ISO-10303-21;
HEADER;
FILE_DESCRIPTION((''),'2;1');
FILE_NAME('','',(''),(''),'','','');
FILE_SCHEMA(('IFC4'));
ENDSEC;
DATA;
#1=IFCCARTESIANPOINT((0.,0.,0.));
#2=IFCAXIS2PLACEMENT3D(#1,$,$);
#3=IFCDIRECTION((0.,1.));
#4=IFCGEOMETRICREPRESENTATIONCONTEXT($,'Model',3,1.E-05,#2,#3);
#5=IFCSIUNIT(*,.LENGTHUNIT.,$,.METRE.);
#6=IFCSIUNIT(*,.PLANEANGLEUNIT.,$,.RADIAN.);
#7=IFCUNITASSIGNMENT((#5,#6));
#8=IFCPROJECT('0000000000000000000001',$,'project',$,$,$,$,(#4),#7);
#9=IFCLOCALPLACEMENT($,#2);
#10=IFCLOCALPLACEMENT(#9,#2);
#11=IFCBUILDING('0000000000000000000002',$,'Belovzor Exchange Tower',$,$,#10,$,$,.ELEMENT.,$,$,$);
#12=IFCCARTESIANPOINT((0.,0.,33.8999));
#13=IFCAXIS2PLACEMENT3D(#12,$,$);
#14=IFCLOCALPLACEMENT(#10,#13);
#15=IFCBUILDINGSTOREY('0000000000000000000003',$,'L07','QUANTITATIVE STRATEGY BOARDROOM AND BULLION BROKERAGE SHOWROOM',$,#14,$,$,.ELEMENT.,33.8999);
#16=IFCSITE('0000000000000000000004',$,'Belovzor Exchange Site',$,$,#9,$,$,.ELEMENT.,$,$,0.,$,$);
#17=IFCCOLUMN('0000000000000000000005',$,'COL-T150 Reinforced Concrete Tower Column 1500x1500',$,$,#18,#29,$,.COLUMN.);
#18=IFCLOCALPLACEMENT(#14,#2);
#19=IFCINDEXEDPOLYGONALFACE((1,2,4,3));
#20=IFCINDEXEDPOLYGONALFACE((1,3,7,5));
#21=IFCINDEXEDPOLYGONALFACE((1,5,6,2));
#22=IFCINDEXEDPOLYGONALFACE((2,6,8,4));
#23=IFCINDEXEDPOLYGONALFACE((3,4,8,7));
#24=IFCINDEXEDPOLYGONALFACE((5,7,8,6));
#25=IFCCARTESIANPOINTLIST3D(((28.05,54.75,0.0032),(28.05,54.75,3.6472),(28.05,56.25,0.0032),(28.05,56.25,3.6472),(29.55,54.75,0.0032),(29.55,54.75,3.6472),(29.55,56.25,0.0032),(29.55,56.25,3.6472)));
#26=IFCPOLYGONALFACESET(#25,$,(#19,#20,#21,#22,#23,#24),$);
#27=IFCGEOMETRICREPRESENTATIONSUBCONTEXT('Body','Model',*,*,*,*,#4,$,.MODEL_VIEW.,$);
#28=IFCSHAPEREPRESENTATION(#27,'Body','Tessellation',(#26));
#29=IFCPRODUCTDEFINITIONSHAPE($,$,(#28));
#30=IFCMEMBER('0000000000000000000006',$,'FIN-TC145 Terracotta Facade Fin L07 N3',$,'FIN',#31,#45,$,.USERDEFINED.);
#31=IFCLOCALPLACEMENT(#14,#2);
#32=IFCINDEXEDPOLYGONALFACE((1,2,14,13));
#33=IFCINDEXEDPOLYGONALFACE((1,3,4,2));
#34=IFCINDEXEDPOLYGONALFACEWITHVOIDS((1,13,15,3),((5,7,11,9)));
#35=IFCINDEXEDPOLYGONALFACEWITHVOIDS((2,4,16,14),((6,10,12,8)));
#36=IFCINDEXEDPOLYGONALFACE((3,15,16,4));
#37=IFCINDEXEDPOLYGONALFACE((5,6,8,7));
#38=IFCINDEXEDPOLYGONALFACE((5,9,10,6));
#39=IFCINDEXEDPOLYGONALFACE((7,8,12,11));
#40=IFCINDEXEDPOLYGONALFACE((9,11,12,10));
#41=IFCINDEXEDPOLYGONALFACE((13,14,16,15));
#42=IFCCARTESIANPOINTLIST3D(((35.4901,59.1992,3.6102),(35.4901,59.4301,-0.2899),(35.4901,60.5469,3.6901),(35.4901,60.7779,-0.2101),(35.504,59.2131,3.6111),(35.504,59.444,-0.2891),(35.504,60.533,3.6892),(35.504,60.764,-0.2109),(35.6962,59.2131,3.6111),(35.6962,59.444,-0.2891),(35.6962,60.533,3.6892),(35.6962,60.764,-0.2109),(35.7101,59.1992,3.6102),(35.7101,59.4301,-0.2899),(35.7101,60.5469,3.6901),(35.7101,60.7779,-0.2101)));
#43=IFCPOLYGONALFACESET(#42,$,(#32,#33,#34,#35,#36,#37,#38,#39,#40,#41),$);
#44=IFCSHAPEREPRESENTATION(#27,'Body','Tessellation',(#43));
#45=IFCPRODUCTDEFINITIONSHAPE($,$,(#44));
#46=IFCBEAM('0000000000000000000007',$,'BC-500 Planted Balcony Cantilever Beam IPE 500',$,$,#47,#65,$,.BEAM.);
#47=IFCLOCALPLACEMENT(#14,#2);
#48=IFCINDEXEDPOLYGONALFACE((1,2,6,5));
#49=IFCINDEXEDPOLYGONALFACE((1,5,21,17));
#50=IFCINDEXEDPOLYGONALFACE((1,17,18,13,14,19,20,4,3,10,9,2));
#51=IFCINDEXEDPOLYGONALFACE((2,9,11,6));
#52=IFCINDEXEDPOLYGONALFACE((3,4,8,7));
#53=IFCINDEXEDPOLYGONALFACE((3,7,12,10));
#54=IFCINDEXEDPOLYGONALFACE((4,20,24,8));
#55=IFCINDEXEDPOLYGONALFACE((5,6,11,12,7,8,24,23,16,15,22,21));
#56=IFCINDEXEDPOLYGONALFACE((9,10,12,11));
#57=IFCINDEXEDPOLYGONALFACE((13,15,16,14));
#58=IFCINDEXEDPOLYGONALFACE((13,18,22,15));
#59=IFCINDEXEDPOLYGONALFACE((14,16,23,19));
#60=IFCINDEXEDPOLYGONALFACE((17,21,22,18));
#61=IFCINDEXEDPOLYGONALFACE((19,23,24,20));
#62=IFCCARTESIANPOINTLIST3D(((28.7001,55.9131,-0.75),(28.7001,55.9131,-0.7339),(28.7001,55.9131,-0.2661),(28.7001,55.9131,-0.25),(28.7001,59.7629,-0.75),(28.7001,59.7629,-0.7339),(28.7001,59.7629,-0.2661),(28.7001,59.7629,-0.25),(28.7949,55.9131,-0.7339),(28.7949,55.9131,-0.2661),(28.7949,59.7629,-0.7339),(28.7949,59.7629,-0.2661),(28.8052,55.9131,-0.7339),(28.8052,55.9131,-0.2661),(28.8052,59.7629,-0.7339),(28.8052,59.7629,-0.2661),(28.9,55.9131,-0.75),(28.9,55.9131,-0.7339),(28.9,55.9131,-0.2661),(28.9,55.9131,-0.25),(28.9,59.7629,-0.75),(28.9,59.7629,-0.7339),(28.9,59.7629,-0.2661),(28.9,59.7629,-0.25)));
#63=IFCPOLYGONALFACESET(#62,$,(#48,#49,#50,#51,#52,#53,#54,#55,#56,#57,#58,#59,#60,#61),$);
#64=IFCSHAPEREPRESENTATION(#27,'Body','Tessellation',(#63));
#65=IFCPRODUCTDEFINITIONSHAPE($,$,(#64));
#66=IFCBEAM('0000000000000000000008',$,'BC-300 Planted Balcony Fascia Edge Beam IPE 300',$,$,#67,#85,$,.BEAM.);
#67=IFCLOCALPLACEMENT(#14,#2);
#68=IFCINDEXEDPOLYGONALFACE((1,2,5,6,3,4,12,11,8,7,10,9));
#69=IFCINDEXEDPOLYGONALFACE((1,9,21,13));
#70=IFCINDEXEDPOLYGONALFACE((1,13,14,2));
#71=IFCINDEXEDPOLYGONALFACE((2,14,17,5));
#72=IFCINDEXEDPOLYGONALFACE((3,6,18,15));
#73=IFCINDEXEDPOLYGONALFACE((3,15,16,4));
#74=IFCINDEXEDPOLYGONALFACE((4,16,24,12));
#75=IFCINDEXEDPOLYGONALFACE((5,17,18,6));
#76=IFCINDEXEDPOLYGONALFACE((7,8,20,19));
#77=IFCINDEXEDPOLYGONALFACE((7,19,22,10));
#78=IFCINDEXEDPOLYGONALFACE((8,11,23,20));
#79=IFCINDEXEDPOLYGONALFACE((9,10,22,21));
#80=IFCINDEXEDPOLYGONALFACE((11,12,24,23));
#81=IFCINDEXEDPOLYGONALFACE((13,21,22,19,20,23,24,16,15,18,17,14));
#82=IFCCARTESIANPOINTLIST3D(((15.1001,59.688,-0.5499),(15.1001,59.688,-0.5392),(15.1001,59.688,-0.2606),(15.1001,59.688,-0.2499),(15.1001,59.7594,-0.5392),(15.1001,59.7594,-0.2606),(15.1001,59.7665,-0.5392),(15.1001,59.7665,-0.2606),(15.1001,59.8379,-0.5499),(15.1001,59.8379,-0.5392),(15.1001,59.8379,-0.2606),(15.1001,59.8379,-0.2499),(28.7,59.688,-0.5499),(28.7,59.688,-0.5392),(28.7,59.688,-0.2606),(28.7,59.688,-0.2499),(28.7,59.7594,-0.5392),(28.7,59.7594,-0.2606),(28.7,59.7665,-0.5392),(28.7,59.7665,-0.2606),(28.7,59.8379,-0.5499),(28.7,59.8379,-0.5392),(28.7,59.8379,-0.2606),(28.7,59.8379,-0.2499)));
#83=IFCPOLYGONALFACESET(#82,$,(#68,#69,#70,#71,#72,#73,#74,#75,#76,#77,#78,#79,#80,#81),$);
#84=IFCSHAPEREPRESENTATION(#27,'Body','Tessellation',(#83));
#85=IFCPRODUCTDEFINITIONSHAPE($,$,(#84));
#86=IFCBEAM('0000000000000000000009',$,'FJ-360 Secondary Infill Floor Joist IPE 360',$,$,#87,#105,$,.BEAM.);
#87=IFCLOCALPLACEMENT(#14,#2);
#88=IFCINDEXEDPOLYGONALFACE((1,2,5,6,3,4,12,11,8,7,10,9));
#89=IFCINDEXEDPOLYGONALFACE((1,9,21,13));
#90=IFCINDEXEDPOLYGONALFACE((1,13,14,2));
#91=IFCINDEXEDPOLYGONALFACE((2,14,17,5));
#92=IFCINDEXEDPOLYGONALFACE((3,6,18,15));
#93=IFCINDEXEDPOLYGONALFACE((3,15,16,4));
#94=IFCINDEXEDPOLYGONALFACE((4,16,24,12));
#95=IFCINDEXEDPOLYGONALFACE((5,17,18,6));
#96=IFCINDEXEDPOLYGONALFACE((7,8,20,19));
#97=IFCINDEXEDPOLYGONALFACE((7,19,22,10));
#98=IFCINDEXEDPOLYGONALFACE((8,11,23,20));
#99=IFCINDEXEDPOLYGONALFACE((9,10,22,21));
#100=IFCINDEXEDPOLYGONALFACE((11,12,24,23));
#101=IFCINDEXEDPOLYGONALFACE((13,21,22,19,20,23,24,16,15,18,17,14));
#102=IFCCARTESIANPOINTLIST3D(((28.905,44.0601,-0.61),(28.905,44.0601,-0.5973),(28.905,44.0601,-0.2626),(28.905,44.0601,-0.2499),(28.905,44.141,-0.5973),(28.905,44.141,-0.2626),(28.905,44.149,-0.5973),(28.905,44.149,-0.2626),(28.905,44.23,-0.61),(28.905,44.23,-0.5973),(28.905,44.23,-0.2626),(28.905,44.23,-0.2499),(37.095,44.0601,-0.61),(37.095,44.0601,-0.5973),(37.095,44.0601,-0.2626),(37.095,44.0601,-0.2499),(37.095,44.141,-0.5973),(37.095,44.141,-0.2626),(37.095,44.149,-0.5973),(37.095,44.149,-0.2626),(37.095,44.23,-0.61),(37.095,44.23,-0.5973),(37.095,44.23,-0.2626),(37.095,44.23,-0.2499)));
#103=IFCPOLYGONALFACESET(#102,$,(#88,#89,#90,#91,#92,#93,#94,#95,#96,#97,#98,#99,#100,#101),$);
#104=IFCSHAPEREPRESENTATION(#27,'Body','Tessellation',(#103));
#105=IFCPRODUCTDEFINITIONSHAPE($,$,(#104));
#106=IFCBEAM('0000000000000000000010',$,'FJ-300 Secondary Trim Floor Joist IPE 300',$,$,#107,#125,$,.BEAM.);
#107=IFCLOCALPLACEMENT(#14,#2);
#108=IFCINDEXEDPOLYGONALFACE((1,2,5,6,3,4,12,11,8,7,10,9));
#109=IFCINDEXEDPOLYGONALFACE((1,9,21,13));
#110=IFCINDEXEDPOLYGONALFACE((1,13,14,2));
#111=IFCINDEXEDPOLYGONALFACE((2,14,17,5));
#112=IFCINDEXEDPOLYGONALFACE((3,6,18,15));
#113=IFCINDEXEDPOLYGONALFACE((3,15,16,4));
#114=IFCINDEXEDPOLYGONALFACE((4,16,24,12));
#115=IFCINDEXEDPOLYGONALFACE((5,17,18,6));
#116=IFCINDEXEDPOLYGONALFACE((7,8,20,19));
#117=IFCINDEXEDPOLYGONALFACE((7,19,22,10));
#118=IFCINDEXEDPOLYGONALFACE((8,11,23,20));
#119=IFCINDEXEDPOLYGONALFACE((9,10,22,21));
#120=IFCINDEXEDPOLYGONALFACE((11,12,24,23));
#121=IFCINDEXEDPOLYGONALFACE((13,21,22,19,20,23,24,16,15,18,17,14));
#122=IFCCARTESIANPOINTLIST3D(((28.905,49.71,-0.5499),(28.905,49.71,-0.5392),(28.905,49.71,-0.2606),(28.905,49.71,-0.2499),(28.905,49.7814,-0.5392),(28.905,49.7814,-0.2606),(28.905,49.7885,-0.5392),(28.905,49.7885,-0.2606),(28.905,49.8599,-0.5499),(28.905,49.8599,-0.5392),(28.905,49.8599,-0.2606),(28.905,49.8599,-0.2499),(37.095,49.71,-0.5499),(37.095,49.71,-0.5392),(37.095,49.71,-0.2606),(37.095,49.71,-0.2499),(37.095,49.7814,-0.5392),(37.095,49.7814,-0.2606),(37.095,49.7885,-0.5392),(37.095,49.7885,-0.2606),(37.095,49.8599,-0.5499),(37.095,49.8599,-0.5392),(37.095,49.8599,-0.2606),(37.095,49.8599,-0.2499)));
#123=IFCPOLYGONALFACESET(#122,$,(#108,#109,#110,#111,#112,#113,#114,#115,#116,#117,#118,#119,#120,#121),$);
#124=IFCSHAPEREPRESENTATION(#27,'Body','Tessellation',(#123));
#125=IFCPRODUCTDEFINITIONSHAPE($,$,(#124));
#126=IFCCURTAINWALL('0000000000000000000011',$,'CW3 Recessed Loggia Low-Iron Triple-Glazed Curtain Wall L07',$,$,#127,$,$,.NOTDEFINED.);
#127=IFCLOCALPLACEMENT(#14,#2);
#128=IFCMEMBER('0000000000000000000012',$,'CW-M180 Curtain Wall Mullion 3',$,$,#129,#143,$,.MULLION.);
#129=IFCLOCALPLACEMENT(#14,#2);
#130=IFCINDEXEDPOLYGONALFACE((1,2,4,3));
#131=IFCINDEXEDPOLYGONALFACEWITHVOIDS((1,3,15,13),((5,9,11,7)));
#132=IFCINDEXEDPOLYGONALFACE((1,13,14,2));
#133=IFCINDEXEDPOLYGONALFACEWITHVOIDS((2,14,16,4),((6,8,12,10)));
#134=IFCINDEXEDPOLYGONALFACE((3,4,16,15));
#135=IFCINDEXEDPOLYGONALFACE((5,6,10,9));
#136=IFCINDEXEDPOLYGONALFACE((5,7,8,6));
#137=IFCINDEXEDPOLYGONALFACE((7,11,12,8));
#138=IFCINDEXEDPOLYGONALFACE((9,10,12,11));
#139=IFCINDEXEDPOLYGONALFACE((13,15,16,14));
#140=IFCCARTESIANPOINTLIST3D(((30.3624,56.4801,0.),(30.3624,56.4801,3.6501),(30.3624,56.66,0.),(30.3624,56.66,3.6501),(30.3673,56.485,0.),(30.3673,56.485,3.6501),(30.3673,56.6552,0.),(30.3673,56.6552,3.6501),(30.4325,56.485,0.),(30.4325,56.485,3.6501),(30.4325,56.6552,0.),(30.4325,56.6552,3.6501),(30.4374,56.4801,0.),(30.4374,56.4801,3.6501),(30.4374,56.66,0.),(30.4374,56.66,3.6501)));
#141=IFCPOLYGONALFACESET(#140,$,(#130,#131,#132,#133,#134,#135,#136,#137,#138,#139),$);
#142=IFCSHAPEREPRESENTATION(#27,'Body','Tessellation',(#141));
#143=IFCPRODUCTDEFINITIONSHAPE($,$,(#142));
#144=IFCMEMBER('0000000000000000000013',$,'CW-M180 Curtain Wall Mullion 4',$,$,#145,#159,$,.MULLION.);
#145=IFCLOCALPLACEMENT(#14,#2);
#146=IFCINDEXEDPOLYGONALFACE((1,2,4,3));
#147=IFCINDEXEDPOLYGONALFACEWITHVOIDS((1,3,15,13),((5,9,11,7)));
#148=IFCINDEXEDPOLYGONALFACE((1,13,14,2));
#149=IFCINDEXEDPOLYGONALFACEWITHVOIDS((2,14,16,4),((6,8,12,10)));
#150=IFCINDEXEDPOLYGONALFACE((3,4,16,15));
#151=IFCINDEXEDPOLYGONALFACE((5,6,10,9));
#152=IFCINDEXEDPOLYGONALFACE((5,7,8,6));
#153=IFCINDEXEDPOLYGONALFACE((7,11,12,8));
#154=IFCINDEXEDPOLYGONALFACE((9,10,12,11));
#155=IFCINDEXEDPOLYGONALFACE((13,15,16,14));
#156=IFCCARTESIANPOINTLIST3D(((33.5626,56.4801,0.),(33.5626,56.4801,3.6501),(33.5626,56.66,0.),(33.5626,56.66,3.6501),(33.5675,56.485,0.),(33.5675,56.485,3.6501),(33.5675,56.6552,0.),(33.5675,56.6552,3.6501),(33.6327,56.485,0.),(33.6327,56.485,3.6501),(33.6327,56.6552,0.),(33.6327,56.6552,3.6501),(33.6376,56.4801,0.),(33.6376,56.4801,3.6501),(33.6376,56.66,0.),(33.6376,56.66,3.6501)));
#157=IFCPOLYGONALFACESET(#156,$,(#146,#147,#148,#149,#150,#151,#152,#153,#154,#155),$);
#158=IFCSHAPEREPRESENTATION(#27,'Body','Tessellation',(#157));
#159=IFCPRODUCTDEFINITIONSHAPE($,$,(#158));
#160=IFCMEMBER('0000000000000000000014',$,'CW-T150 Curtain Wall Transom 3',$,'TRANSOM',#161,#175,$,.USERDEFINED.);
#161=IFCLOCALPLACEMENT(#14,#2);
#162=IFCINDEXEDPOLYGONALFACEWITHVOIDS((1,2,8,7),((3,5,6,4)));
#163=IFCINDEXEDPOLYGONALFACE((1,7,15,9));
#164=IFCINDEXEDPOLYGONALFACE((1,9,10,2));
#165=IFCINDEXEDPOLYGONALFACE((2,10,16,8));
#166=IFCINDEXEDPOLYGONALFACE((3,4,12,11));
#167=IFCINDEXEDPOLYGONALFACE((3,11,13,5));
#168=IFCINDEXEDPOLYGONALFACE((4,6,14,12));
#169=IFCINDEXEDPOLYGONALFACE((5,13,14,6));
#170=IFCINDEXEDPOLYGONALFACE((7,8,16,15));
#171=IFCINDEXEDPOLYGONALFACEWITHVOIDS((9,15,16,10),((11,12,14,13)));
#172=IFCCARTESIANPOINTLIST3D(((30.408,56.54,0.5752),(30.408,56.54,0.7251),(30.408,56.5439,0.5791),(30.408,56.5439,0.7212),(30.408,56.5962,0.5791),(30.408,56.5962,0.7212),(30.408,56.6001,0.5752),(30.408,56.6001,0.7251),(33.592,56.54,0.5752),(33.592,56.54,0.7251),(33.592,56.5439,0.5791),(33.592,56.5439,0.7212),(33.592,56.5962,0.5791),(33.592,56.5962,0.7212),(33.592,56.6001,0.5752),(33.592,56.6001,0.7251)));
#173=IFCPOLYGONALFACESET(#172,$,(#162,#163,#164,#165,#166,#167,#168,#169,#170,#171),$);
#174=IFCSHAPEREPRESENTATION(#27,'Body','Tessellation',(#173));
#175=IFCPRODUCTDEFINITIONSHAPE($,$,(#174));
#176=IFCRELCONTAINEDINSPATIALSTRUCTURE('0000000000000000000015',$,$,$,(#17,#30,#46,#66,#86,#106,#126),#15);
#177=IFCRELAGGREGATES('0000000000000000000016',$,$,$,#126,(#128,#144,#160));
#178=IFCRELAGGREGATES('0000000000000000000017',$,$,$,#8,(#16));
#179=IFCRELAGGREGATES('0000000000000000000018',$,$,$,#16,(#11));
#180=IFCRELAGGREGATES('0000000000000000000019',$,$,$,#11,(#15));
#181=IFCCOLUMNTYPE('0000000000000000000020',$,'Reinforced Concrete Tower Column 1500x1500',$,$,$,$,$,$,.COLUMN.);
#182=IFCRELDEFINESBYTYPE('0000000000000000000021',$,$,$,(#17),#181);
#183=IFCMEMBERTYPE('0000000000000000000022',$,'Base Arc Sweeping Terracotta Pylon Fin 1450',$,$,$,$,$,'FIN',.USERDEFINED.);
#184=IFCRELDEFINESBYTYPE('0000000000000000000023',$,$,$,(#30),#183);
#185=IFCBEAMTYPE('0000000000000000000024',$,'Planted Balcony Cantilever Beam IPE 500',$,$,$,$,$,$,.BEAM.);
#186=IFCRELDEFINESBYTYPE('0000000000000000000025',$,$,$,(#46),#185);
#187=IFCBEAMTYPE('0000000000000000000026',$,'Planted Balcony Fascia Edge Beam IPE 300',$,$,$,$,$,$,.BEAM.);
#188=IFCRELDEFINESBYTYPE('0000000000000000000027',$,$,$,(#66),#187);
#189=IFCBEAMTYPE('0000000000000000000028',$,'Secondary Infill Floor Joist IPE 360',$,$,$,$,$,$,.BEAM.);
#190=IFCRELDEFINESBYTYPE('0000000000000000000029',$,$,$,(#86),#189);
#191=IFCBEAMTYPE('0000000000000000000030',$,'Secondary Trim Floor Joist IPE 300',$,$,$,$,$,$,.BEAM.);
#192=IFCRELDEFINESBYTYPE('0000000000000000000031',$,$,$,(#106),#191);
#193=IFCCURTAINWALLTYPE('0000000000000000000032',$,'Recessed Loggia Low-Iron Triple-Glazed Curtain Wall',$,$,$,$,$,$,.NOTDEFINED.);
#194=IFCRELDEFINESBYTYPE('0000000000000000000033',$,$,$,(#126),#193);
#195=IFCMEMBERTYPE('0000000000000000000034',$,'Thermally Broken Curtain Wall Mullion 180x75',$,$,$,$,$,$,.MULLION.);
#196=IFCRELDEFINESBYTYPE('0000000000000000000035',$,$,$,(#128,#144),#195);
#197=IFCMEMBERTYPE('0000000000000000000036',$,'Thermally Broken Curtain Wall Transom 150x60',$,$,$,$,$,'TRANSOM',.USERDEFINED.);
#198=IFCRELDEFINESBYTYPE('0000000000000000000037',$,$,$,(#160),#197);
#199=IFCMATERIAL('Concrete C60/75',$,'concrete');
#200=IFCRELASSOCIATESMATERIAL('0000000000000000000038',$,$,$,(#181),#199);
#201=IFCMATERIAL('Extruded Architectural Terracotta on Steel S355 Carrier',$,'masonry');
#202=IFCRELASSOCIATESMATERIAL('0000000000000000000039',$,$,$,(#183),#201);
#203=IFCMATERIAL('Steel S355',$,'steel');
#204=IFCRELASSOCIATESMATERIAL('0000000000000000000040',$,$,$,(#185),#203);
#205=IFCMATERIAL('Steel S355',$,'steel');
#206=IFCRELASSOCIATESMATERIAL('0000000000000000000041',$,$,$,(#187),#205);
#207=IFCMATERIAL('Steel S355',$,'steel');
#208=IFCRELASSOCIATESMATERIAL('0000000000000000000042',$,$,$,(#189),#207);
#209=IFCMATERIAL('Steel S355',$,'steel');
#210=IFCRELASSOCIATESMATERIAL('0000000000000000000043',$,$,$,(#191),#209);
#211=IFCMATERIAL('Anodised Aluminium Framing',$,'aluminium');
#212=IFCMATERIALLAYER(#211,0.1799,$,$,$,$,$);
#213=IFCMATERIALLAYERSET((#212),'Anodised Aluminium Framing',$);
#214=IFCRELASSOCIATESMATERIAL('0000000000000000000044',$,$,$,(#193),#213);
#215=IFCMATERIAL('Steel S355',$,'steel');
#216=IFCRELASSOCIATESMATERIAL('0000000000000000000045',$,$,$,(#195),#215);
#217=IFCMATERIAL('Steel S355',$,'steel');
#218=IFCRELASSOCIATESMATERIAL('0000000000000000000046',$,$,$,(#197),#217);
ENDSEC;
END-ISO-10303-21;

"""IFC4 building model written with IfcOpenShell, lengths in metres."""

from ifc_helpers import new_model, si_unit, direction, frame, origin, origin_2d, place, context, subcontext, project, spatial, rectangle, hollow_rectangle, i_section, extrude, material, layer, layer_set, material_profile, profile_set, type_object, element, aggregate, save


model = new_model("IFC4")

# Units and contexts
model_context = context("Model", 3, precision=1e-05, world=origin(), true_north=direction((0.0, 1.0)))
body_context = subcontext(model_context, "Body", "Model", "MODEL_VIEW")
ifc_project = project(units=[si_unit("LENGTHUNIT", "METRE"), si_unit("PLANEANGLEUNIT", "RADIAN")], contexts=[model_context])

# Site, building, storey
site_placement = place(None, origin())
site = spatial("IfcSite", under=ifc_project, at=site_placement, Name="Belovzor Exchange Site", CompositionType="ELEMENT", RefElevation=0.0)
building_placement = place(site_placement, origin())
building = spatial("IfcBuilding", under=site, at=building_placement, Name="Belovzor Exchange Tower", CompositionType="ELEMENT")
storey_placement = place(building_placement, frame((0.0, 0.0, 33.8999)))
storey = spatial("IfcBuildingStorey", under=building, at=storey_placement, Name="L07", Description="QUANTITATIVE STRATEGY BOARDROOM AND BULLION BROKERAGE SHOWROOM", CompositionType="ELEMENT", Elevation=33.8999)

# Column
ifc_material_1 = material(Name="Concrete C60/75", Category="concrete")
ifc_material_profile_1 = material_profile(ifc_material_1, rectangle(XDim=1.5, YDim=1.5, at=origin_2d()))
ifc_profile_set_1 = profile_set([ifc_material_profile_1], Name="Concrete C60/75")
column_type = type_object("IfcColumnType", Name="Reinforced Concrete Tower Column 1500x1500", PredefinedType="COLUMN", material=ifc_profile_set_1)
column_placement = place(storey_placement, frame((28.8, 55.5, 0.0032), z_axis=(0.0, 0.0, 1.0), x_axis=(1.0, 0.0, 0.0)))
element("IfcColumn", 1, at=column_placement, inside=storey, type_object=column_type, Name="COL-T150 Reinforced Concrete Tower Column 1500x1500", PredefinedType="COLUMN", context=body_context, shape_type="SweptSolid", body=[
    extrude(rectangle(XDim=1.5, YDim=1.5, at=origin_2d()), origin(), (0.0, 0.0, 1.0), 3.644),
])

# Member
ifc_material_2 = material(Name="Extruded Architectural Terracotta on Steel S355 Carrier", Category="masonry")
ifc_material_profile_2 = material_profile(ifc_material_2, hollow_rectangle(XDim=0.22, YDim=1.3501, WallThickness=0.0139, at=origin_2d()))
ifc_profile_set_2 = profile_set([ifc_material_profile_2], Name="Extruded Architectural Terracotta on Steel S355 Carrier")
member_type_1 = type_object("IfcMemberType", Name="Base Arc Sweeping Terracotta Pylon Fin 1450", ElementType="FIN", PredefinedType="USERDEFINED", material=ifc_profile_set_2)
member_1_placement = place(storey_placement, frame((35.6001, 60.104, -0.25), z_axis=(0.0, -0.059114, 0.998251), x_axis=(1.0, 0.0, 0.0)))
element("IfcMember", 2, at=member_1_placement, inside=storey, type_object=member_type_1, Name="FIN-TC145 Terracotta Facade Fin L07 N3", ObjectType="FIN", PredefinedType="USERDEFINED", context=body_context, shape_type="SweptSolid", body=[
    extrude(hollow_rectangle(XDim=0.22, YDim=1.3501, WallThickness=0.0139, at=origin_2d()), origin(), (0.0, 0.0, 1.0), 3.907),
])

# Beams
ifc_material_3 = material(Name="Steel S355", Category="steel")
ifc_material_profile_3 = material_profile(ifc_material_3, i_section(OverallWidth=0.2, OverallDepth=0.5, WebThickness=0.0103, FlangeThickness=0.0161, at=origin_2d()))
ifc_profile_set_3 = profile_set([ifc_material_profile_3], Name="Steel S355")
beam_type_1 = type_object("IfcBeamType", Name="Planted Balcony Cantilever Beam IPE 500", PredefinedType="BEAM", material=ifc_profile_set_3)
beam_1_placement = place(storey_placement, frame((28.8, 55.9131, -0.5), z_axis=(0.0, 1.0, 0.0), x_axis=(-1.0, 0.0, 0.0)))
element("IfcBeam", 3, at=beam_1_placement, inside=storey, type_object=beam_type_1, Name="BC-500 Planted Balcony Cantilever Beam IPE 500", PredefinedType="BEAM", context=body_context, shape_type="SweptSolid", body=[
    extrude(i_section(OverallWidth=0.2, OverallDepth=0.5, WebThickness=0.0103, FlangeThickness=0.0161, at=origin_2d()), origin(), (0.0, 0.0, 1.0), 3.8499),
])
ifc_material_4 = material(Name="Steel S355", Category="steel")
ifc_material_profile_4 = material_profile(ifc_material_4, i_section(OverallWidth=0.1499, OverallDepth=0.3, WebThickness=0.0071, FlangeThickness=0.0107, at=origin_2d()))
ifc_profile_set_4 = profile_set([ifc_material_profile_4], Name="Steel S355")
beam_type_2 = type_object("IfcBeamType", Name="Planted Balcony Fascia Edge Beam IPE 300", PredefinedType="BEAM", material=ifc_profile_set_4)
beam_2_placement = place(storey_placement, frame((28.7, 59.7629, -0.3999), z_axis=(-1.0, 0.0, 0.0), x_axis=(0.0, -1.0, 0.0)))
element("IfcBeam", 4, at=beam_2_placement, inside=storey, type_object=beam_type_2, Name="BC-300 Planted Balcony Fascia Edge Beam IPE 300", PredefinedType="BEAM", context=body_context, shape_type="SweptSolid", body=[
    extrude(i_section(OverallWidth=0.1499, OverallDepth=0.3, WebThickness=0.0071, FlangeThickness=0.0107, at=origin_2d()), origin(), (0.0, 0.0, 1.0), 13.5999),
])
ifc_material_5 = material(Name="Steel S355", Category="steel")
ifc_material_profile_5 = material_profile(ifc_material_5, i_section(OverallWidth=0.1699, OverallDepth=0.3601, WebThickness=0.0081, FlangeThickness=0.0127, at=origin_2d()))
ifc_profile_set_5 = profile_set([ifc_material_profile_5], Name="Steel S355")
beam_type_3 = type_object("IfcBeamType", Name="Secondary Infill Floor Joist IPE 360", PredefinedType="BEAM", material=ifc_profile_set_5)
beam_3_placement = place(storey_placement, frame((28.905, 44.145, -0.4299), z_axis=(1.0, 0.0, 0.0), x_axis=(0.0, 1.0, 0.0)))
element("IfcBeam", 5, at=beam_3_placement, inside=storey, type_object=beam_type_3, Name="FJ-360 Secondary Infill Floor Joist IPE 360", PredefinedType="BEAM", context=body_context, shape_type="SweptSolid", body=[
    extrude(i_section(OverallWidth=0.1699, OverallDepth=0.3601, WebThickness=0.0081, FlangeThickness=0.0127, at=origin_2d()), origin(), (0.0, 0.0, 1.0), 8.1899),
])
ifc_material_6 = material(Name="Steel S355", Category="steel")
ifc_material_profile_6 = material_profile(ifc_material_6, i_section(OverallWidth=0.1499, OverallDepth=0.3, WebThickness=0.0071, FlangeThickness=0.0107, at=origin_2d()))
ifc_profile_set_6 = profile_set([ifc_material_profile_6], Name="Steel S355")
beam_type_4 = type_object("IfcBeamType", Name="Secondary Trim Floor Joist IPE 300", PredefinedType="BEAM", material=ifc_profile_set_6)
beam_4_placement = place(storey_placement, frame((28.905, 49.7849, -0.3999), z_axis=(1.0, 0.0, 0.0), x_axis=(0.0, 1.0, 0.0)))
element("IfcBeam", 6, at=beam_4_placement, inside=storey, type_object=beam_type_4, Name="FJ-300 Secondary Trim Floor Joist IPE 300", PredefinedType="BEAM", context=body_context, shape_type="SweptSolid", body=[
    extrude(i_section(OverallWidth=0.1499, OverallDepth=0.3, WebThickness=0.0071, FlangeThickness=0.0107, at=origin_2d()), origin(), (0.0, 0.0, 1.0), 8.1899),
])

# Curtain wall, members
ifc_material_7 = material(Name="Anodised Aluminium Framing", Category="aluminium")
ifc_layer_1 = layer(ifc_material_7, 0.1799)
ifc_layer_set_1 = layer_set([ifc_layer_1], Name="Anodised Aluminium Framing")
curtain_wall_type = type_object("IfcCurtainWallType", Name="Recessed Loggia Low-Iron Triple-Glazed Curtain Wall", PredefinedType="NOTDEFINED", material=ifc_layer_set_1)
curtain_wall_placement = place(storey_placement, origin())
curtain_wall = element("IfcCurtainWall", 7, at=curtain_wall_placement, inside=storey, type_object=curtain_wall_type, Name="CW3 Recessed Loggia Low-Iron Triple-Glazed Curtain Wall L07", PredefinedType="NOTDEFINED")
ifc_material_8 = material(Name="Steel S355", Category="steel")
ifc_material_profile_7 = material_profile(ifc_material_8, hollow_rectangle(XDim=0.075, YDim=0.1799, WallThickness=0.0049, at=origin_2d()))
ifc_profile_set_7 = profile_set([ifc_material_profile_7], Name="Steel S355")
member_type_2 = type_object("IfcMemberType", Name="Thermally Broken Curtain Wall Mullion 180x75", PredefinedType="MULLION", material=ifc_profile_set_7)
member_2_placement = place(storey_placement, frame((30.3999, 56.5701, 0.0), z_axis=(0.0, 0.0, 1.0), x_axis=(1.0, 0.0, 0.0)))
member_2 = element("IfcMember", 8, at=member_2_placement, type_object=member_type_2, Name="CW-M180 Curtain Wall Mullion 3", PredefinedType="MULLION", context=body_context, shape_type="SweptSolid", body=[
    extrude(hollow_rectangle(XDim=0.075, YDim=0.1799, WallThickness=0.0049, at=origin_2d()), origin(), (0.0, 0.0, 1.0), 3.6501),
])
member_3_placement = place(storey_placement, frame((33.6001, 56.5701, 0.0), z_axis=(0.0, 0.0, 1.0), x_axis=(1.0, 0.0, 0.0)))
member_3 = element("IfcMember", 9, at=member_3_placement, type_object=member_type_2, Name="CW-M180 Curtain Wall Mullion 4", PredefinedType="MULLION", context=body_context, shape_type="SweptSolid", body=[
    extrude(hollow_rectangle(XDim=0.075, YDim=0.1799, WallThickness=0.0049, at=origin_2d()), origin(), (0.0, 0.0, 1.0), 3.6501),
])
ifc_material_9 = material(Name="Steel S355", Category="steel")
ifc_material_profile_8 = material_profile(ifc_material_9, hollow_rectangle(XDim=0.0601, YDim=0.1499, WallThickness=0.0039, at=origin_2d()))
ifc_profile_set_8 = profile_set([ifc_material_profile_8], Name="Steel S355")
member_type_3 = type_object("IfcMemberType", Name="Thermally Broken Curtain Wall Transom 150x60", ElementType="TRANSOM", PredefinedType="USERDEFINED", material=ifc_profile_set_8)
member_4_placement = place(storey_placement, frame((30.408, 56.5701, 0.6501), z_axis=(1.0, 0.0, 0.0), x_axis=(0.0, 1.0, 0.0)))
member_4 = element("IfcMember", 10, at=member_4_placement, type_object=member_type_3, Name="CW-T150 Curtain Wall Transom 3", ObjectType="TRANSOM", PredefinedType="USERDEFINED", context=body_context, shape_type="SweptSolid", body=[
    extrude(hollow_rectangle(XDim=0.0601, YDim=0.1499, WallThickness=0.0039, at=origin_2d()), origin(), (0.0, 0.0, 1.0), 3.1841),
])

aggregate(curtain_wall, [member_2, member_3, member_4])

save(model, "model.ifc")
